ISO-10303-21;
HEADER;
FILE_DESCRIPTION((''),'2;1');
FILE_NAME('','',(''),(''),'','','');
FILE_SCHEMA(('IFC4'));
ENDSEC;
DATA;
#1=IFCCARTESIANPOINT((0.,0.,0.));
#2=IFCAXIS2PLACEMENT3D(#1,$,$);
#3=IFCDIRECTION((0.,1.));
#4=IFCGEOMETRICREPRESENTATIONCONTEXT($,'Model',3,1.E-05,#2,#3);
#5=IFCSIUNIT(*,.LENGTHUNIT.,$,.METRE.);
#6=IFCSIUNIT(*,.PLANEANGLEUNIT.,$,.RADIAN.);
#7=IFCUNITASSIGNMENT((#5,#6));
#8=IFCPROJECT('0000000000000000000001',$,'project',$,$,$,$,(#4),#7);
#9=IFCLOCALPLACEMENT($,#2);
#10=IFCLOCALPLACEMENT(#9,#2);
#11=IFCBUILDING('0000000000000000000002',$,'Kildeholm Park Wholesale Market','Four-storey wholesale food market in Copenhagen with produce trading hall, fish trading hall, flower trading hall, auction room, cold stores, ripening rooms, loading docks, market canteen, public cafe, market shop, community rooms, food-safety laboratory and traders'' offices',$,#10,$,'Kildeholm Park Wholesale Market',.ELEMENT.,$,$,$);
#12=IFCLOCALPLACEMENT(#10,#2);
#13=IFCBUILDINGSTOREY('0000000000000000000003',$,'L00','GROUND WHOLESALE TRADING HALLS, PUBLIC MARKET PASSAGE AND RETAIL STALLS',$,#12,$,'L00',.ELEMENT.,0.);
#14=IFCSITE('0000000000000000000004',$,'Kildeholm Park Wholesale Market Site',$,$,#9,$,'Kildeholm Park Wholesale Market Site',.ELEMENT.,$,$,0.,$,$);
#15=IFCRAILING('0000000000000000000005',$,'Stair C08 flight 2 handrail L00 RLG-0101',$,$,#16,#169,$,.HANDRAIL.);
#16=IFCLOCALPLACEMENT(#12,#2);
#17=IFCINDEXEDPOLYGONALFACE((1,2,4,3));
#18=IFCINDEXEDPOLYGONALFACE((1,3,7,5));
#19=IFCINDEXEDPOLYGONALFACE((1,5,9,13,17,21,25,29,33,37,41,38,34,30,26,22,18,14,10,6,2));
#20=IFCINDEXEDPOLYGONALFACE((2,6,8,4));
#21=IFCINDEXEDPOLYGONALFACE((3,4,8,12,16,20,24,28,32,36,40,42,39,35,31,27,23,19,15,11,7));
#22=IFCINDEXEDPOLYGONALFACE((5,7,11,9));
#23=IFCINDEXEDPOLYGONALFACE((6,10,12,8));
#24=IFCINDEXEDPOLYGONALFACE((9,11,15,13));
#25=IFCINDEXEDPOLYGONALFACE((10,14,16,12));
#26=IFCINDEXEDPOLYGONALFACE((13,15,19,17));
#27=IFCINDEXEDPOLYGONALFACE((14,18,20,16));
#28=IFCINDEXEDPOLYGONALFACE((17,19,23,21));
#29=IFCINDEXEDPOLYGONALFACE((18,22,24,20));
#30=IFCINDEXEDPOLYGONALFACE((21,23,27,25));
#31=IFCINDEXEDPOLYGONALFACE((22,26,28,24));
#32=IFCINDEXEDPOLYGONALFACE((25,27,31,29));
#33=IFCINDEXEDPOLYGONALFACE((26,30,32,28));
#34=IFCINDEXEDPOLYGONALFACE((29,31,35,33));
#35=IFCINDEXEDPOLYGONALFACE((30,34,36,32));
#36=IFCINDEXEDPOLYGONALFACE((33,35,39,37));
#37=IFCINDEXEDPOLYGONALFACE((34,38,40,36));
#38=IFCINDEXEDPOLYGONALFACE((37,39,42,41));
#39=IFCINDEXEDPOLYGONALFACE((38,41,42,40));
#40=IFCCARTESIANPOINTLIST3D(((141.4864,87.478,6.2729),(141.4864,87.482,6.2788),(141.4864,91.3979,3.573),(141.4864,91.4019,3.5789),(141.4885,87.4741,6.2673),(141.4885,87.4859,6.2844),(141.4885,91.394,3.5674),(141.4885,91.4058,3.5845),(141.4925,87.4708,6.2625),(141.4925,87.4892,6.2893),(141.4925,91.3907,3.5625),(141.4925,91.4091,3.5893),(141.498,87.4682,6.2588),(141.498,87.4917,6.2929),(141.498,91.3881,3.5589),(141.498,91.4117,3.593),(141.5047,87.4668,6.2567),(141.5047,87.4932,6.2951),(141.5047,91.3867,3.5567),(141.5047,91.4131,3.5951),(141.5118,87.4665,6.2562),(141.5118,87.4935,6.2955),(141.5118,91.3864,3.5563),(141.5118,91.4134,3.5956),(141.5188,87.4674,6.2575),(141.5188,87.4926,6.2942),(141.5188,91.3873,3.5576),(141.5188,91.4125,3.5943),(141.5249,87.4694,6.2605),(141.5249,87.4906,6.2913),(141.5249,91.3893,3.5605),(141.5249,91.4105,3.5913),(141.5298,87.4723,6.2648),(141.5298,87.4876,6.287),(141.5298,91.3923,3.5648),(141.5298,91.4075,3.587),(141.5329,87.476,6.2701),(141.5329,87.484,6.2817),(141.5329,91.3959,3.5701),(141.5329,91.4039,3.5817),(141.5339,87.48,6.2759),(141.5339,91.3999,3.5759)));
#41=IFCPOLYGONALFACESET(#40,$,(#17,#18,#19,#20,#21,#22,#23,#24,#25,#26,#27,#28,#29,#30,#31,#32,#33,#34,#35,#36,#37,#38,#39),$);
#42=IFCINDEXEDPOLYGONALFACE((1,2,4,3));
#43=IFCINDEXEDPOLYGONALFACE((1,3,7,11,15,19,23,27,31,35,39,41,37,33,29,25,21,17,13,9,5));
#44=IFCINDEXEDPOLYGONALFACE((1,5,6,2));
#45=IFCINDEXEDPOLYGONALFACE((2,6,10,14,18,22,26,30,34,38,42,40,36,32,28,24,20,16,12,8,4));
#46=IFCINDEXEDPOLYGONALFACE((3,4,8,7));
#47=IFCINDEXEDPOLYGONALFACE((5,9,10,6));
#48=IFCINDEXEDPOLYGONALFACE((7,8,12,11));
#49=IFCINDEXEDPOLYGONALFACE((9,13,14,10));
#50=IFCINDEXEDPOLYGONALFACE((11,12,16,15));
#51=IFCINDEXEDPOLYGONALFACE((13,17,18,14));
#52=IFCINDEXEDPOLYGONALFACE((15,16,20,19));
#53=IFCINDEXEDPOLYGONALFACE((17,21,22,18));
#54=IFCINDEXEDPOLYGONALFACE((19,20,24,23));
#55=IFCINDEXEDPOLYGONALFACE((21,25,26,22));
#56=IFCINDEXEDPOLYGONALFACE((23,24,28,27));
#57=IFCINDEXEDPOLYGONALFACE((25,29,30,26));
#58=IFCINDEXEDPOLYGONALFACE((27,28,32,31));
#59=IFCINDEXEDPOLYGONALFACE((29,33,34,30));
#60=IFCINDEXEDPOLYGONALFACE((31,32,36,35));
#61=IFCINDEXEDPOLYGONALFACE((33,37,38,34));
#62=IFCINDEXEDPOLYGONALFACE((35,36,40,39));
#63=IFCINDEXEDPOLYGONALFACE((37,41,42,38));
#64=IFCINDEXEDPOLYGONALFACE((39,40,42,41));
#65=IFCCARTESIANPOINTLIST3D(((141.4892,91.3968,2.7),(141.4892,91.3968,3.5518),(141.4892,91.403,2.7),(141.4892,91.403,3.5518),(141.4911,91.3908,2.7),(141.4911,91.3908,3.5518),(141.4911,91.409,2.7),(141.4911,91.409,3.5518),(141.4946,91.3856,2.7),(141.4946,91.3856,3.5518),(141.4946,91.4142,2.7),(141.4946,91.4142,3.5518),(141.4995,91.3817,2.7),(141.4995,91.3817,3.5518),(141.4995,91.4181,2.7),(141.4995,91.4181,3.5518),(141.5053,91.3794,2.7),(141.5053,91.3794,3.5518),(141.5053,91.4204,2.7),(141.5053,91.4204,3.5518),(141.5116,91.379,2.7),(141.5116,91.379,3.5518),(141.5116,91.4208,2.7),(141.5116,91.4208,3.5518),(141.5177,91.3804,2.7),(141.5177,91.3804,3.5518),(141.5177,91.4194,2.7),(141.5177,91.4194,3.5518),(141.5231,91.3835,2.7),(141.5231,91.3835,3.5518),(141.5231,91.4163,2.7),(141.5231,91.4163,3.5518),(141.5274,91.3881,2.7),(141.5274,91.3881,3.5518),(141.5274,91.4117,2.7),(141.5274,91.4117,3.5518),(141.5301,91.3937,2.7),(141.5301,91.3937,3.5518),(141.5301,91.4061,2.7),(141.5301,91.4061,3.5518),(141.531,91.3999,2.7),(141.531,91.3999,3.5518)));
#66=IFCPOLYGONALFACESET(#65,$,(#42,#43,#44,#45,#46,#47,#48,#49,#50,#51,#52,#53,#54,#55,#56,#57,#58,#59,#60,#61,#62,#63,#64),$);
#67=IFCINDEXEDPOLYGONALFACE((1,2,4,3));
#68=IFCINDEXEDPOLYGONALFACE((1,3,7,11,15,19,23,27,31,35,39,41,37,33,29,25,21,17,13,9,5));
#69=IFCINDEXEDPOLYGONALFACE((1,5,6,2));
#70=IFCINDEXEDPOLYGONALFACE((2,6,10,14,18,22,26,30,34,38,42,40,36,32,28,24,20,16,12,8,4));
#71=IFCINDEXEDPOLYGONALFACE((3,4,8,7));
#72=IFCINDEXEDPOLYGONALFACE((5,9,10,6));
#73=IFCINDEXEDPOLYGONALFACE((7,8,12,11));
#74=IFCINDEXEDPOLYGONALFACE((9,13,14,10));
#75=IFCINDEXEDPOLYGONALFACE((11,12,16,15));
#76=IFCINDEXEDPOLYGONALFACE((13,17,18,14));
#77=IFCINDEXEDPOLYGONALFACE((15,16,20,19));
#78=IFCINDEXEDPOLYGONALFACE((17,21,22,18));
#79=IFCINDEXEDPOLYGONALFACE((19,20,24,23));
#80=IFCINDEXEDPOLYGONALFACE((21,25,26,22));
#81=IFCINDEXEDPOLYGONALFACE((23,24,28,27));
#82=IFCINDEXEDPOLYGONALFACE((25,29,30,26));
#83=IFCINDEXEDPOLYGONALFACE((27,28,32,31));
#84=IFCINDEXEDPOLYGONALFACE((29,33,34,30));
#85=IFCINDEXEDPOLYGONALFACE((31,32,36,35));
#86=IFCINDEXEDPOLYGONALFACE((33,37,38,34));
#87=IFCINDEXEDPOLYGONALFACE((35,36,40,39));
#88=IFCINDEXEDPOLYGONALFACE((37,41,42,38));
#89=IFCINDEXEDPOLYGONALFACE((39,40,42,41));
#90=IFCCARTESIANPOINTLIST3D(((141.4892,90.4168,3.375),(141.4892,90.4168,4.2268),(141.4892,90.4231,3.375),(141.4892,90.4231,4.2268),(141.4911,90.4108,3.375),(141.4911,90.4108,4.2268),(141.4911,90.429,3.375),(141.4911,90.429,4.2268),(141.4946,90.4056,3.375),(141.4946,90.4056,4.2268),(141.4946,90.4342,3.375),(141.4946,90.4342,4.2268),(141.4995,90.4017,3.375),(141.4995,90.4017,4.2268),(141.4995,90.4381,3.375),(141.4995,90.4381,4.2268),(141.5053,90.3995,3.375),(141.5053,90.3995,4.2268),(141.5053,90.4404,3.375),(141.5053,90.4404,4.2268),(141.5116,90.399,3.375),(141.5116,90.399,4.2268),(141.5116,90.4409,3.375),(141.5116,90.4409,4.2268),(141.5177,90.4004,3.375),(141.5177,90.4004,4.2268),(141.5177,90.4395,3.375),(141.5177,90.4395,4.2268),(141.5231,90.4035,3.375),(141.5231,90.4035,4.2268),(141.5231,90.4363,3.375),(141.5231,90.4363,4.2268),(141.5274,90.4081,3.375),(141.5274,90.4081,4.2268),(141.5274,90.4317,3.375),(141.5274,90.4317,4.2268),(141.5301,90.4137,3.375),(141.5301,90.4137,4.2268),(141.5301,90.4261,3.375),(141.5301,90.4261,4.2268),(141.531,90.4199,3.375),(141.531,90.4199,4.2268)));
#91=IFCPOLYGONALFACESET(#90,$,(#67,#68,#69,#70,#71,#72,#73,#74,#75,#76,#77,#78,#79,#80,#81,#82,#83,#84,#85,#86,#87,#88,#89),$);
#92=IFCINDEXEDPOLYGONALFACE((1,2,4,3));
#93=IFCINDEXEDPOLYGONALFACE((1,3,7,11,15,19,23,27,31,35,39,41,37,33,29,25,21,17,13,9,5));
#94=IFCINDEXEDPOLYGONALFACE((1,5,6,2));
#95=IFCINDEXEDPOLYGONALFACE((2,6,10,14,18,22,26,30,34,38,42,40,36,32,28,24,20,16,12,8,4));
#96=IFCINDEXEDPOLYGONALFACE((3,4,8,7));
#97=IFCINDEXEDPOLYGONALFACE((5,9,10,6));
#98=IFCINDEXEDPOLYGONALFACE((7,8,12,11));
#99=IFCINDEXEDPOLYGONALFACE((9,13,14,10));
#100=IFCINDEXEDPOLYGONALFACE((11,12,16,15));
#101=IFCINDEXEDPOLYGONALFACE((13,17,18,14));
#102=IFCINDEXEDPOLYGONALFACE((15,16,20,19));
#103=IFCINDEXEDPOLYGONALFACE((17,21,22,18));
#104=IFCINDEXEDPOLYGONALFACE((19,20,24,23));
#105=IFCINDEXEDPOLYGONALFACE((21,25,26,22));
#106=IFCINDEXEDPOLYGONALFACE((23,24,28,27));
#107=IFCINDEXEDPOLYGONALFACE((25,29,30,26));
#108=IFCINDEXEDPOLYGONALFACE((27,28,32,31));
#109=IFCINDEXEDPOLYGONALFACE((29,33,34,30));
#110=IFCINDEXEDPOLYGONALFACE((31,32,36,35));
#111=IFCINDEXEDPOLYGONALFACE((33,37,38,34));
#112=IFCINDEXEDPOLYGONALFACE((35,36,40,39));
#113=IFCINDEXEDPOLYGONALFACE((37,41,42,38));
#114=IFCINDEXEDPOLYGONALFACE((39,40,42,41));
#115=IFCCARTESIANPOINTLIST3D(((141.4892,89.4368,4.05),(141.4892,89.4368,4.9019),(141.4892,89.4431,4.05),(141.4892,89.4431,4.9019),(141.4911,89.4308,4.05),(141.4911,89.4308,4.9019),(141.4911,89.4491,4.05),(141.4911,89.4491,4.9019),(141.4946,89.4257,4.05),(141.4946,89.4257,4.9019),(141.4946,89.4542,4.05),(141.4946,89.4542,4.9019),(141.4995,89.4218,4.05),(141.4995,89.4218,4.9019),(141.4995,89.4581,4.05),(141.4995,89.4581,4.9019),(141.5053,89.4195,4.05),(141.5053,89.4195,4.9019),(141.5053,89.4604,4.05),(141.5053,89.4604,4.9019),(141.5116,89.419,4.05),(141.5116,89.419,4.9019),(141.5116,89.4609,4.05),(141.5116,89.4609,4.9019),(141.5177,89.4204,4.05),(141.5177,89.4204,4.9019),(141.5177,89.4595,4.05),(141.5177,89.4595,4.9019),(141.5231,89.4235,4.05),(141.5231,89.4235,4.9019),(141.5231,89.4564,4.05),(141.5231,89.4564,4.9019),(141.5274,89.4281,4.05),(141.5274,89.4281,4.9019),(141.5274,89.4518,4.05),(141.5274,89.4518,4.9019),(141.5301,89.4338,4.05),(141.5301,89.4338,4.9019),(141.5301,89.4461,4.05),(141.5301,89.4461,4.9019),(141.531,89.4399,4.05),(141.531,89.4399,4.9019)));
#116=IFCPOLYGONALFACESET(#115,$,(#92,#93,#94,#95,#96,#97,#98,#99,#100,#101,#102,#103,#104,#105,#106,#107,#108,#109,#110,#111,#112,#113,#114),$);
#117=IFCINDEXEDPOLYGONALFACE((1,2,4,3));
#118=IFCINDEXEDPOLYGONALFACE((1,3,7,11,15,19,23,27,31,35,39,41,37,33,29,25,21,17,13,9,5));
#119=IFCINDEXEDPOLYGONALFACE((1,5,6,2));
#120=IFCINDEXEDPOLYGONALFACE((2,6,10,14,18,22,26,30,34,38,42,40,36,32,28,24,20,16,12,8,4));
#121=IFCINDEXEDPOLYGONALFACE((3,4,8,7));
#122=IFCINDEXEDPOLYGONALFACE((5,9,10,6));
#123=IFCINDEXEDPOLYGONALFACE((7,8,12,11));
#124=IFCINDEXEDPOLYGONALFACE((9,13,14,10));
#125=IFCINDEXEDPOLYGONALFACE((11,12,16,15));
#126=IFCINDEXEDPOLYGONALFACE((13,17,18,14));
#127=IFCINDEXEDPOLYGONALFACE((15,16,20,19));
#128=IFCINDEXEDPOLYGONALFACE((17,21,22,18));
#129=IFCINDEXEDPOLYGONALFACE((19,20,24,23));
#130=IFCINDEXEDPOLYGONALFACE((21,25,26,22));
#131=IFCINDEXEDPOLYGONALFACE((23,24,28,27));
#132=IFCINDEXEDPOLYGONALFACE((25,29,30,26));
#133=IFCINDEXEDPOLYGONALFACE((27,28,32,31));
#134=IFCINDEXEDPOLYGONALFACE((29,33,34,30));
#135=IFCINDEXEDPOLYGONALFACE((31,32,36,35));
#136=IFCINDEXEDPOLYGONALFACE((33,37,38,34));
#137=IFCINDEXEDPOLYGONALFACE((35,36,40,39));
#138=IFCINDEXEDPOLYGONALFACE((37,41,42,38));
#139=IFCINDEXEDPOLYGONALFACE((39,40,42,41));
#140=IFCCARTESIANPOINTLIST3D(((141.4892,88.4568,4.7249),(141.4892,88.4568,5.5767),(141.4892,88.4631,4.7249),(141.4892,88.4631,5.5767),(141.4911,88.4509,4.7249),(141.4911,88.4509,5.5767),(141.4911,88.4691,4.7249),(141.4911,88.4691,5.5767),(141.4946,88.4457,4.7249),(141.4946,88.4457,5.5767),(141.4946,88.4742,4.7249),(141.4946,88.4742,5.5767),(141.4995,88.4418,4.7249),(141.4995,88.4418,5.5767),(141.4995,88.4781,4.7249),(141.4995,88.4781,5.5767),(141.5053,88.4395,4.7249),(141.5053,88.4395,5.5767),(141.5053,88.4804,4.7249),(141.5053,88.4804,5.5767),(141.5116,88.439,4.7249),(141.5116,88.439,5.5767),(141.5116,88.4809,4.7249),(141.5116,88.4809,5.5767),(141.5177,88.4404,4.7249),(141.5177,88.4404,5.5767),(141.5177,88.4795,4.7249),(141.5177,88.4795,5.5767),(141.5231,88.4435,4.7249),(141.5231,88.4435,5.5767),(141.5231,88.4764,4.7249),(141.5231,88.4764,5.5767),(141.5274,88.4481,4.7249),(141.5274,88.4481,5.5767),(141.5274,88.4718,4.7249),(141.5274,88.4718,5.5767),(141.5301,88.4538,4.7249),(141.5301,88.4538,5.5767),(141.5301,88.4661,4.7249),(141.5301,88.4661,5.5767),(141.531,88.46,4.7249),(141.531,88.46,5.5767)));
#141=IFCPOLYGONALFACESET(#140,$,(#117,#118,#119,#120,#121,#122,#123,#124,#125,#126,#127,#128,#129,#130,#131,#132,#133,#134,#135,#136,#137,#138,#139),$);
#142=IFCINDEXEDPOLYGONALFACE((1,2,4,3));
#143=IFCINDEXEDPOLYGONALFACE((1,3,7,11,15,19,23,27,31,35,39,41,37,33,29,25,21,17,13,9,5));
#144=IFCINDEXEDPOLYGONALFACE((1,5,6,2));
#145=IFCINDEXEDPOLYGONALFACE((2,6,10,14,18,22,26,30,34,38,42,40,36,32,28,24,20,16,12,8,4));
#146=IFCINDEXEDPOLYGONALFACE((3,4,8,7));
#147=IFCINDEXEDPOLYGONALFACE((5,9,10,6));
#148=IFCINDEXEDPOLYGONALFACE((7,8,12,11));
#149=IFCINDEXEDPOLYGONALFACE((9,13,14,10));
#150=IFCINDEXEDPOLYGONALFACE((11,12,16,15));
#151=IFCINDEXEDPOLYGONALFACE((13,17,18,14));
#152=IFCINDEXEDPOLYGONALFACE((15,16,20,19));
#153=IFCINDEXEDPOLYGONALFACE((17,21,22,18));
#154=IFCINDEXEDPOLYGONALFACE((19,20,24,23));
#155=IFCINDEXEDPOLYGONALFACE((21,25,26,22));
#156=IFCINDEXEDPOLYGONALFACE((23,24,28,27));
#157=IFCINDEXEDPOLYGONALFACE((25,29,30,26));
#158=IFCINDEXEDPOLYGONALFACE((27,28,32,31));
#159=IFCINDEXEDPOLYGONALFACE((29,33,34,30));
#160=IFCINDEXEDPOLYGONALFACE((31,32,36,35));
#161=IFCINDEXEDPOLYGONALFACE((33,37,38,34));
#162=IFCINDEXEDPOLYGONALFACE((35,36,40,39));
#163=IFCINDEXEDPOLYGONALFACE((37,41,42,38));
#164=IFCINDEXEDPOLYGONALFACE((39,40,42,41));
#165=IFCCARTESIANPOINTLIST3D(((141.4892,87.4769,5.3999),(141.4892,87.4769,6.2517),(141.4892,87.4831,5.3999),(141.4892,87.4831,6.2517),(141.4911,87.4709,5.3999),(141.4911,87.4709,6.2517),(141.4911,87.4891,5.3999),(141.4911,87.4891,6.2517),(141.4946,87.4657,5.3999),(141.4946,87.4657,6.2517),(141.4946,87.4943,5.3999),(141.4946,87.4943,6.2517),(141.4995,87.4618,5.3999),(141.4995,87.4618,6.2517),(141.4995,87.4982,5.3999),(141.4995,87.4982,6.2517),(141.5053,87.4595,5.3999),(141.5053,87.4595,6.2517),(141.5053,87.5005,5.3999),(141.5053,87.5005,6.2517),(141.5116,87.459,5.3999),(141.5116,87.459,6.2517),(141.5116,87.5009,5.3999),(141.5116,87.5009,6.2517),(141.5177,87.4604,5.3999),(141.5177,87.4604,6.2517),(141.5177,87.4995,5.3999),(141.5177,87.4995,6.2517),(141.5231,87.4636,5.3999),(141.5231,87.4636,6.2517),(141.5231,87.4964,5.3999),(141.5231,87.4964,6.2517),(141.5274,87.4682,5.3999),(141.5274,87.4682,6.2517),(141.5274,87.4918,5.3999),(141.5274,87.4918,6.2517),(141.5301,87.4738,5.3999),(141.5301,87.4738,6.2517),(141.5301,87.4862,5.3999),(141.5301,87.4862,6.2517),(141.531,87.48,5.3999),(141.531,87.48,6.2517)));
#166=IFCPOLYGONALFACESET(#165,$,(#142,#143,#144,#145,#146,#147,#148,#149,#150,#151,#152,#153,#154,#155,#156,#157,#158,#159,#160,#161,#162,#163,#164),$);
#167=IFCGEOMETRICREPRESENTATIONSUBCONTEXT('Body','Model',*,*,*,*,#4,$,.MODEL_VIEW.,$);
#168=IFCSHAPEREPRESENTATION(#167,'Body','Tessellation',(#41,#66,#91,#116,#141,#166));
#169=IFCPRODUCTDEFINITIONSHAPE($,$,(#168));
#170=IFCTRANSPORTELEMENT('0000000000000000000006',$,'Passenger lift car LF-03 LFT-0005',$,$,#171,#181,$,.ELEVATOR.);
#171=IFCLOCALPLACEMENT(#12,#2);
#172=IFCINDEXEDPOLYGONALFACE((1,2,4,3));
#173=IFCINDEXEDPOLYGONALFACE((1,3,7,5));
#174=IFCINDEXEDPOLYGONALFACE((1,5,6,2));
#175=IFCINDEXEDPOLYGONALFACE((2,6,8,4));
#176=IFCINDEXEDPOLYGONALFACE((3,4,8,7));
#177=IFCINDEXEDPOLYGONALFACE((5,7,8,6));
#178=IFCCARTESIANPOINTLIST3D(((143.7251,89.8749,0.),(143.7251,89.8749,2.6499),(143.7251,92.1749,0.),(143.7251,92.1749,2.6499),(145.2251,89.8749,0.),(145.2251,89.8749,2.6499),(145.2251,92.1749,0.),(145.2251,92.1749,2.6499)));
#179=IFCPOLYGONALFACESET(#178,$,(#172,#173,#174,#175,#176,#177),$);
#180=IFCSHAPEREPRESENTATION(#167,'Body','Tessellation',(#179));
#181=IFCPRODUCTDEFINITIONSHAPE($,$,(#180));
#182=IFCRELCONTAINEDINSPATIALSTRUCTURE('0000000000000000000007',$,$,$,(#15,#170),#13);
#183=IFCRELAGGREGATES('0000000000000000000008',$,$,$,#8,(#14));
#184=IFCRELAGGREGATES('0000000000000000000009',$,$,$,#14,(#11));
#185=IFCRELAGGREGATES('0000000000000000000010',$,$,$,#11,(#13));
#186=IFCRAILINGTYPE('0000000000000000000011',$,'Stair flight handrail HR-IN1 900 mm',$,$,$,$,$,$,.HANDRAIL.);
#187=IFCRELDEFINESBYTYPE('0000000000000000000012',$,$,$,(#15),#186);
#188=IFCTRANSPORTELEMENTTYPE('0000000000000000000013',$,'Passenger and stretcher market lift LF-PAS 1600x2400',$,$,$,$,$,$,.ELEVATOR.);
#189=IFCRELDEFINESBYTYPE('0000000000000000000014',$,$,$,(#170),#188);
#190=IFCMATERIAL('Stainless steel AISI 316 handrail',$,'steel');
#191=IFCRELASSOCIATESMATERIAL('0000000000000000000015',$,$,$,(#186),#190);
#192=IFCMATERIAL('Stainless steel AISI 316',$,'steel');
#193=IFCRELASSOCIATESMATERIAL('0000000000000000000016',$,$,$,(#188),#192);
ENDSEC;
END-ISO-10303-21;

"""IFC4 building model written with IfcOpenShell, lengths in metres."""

from ifc_helpers import new_model, si_unit, direction, frame, origin, origin_2d, place, context, subcontext, project, spatial, rectangle, circle, extrude, material, type_object, element, save


model = new_model("IFC4")

# Units and contexts
model_context = context("Model", 3, precision=1e-05, world=origin(), true_north=direction((0.0, 1.0)))
body_context = subcontext(model_context, "Body", "Model", "MODEL_VIEW")
ifc_project = project(units=[si_unit("LENGTHUNIT", "METRE"), si_unit("PLANEANGLEUNIT", "RADIAN")], contexts=[model_context])

# Site, building, storey
site_placement = place(None, origin())
site = spatial("IfcSite", under=ifc_project, at=site_placement, Name="Kildeholm Park Wholesale Market Site", LongName="Kildeholm Park Wholesale Market Site", CompositionType="ELEMENT", RefElevation=0.0)
building_placement = place(site_placement, origin())
building = spatial("IfcBuilding", under=site, at=building_placement, Name="Kildeholm Park Wholesale Market", Description="Four-storey wholesale food market in Copenhagen with produce trading hall, fish trading hall, flower trading hall, auction room, cold stores, ripening rooms, loading docks, market canteen, public cafe, market shop, community rooms, food-safety laboratory and traders' offices", LongName="Kildeholm Park Wholesale Market", CompositionType="ELEMENT")
storey_placement = place(building_placement, origin())
storey = spatial("IfcBuildingStorey", under=building, at=storey_placement, Name="L00", Description="GROUND WHOLESALE TRADING HALLS, PUBLIC MARKET PASSAGE AND RETAIL STALLS", LongName="L00", CompositionType="ELEMENT", Elevation=0.0)

# Railing
ifc_material_1 = material(Name="Stainless steel AISI 316 handrail", Category="steel")
railing_type_1 = type_object("IfcRailingType", Name="Stair flight handrail HR-IN1 900 mm", PredefinedType="HANDRAIL", material=ifc_material_1)
railing_1_placement = place(storey_placement, frame((141.51, 91.3999, 2.7)))
element("IfcRailing", 1, at=railing_1_placement, inside=storey, type_object=railing_type_1, Name="Stair C08 flight 2 handrail L00 RLG-0101", PredefinedType="HANDRAIL", context=body_context, shape_type="SweptSolid", body=[
    extrude(circle(Radius=0.0239, at=origin_2d()), frame((0.0, 0.0, 0.876), z_axis=(0.0, -0.823551, 0.567243), x_axis=(1.0, 0.0, 0.0)), (0.0, 0.0, 1.0), 4.7598),
    extrude(circle(Radius=0.021, at=origin_2d()), origin(), (0.0, 0.0, 1.0), 0.8518),
    extrude(circle(Radius=0.021, at=origin_2d()), frame((0.0, -0.98, 0.675)), (0.0, 0.0, 1.0), 0.8518),
    extrude(circle(Radius=0.021, at=origin_2d()), frame((0.0, -1.96, 1.3501)), (0.0, 0.0, 1.0), 0.8518),
    extrude(circle(Radius=0.021, at=origin_2d()), frame((0.0, -2.9399, 2.0249)), (0.0, 0.0, 1.0), 0.8518),
    extrude(circle(Radius=0.021, at=origin_2d()), frame((0.0, -3.9199, 2.7)), (0.0, 0.0, 1.0), 0.8518),
])

# Transport element
ifc_material_2 = material(Name="Stainless steel AISI 316", Category="steel")
transport_element_type = type_object("IfcTransportElementType", Name="Passenger and stretcher market lift LF-PAS 1600x2400", PredefinedType="ELEVATOR", material=ifc_material_2)
transport_element_placement = place(storey_placement, frame((144.4751, 91.0249, 0.0), z_axis=(0.0, 0.0, 1.0), x_axis=(1.0, 0.0, 0.0)))
element("IfcTransportElement", 2, at=transport_element_placement, inside=storey, type_object=transport_element_type, Name="Passenger lift car LF-03 LFT-0005", PredefinedType="ELEVATOR", context=body_context, shape_type="SweptSolid", body=[
    extrude(rectangle(XDim=1.5, YDim=2.3, at=origin_2d()), origin(), (0.0, 0.0, 1.0), 2.6499),
])

save(model, "model.ifc")
